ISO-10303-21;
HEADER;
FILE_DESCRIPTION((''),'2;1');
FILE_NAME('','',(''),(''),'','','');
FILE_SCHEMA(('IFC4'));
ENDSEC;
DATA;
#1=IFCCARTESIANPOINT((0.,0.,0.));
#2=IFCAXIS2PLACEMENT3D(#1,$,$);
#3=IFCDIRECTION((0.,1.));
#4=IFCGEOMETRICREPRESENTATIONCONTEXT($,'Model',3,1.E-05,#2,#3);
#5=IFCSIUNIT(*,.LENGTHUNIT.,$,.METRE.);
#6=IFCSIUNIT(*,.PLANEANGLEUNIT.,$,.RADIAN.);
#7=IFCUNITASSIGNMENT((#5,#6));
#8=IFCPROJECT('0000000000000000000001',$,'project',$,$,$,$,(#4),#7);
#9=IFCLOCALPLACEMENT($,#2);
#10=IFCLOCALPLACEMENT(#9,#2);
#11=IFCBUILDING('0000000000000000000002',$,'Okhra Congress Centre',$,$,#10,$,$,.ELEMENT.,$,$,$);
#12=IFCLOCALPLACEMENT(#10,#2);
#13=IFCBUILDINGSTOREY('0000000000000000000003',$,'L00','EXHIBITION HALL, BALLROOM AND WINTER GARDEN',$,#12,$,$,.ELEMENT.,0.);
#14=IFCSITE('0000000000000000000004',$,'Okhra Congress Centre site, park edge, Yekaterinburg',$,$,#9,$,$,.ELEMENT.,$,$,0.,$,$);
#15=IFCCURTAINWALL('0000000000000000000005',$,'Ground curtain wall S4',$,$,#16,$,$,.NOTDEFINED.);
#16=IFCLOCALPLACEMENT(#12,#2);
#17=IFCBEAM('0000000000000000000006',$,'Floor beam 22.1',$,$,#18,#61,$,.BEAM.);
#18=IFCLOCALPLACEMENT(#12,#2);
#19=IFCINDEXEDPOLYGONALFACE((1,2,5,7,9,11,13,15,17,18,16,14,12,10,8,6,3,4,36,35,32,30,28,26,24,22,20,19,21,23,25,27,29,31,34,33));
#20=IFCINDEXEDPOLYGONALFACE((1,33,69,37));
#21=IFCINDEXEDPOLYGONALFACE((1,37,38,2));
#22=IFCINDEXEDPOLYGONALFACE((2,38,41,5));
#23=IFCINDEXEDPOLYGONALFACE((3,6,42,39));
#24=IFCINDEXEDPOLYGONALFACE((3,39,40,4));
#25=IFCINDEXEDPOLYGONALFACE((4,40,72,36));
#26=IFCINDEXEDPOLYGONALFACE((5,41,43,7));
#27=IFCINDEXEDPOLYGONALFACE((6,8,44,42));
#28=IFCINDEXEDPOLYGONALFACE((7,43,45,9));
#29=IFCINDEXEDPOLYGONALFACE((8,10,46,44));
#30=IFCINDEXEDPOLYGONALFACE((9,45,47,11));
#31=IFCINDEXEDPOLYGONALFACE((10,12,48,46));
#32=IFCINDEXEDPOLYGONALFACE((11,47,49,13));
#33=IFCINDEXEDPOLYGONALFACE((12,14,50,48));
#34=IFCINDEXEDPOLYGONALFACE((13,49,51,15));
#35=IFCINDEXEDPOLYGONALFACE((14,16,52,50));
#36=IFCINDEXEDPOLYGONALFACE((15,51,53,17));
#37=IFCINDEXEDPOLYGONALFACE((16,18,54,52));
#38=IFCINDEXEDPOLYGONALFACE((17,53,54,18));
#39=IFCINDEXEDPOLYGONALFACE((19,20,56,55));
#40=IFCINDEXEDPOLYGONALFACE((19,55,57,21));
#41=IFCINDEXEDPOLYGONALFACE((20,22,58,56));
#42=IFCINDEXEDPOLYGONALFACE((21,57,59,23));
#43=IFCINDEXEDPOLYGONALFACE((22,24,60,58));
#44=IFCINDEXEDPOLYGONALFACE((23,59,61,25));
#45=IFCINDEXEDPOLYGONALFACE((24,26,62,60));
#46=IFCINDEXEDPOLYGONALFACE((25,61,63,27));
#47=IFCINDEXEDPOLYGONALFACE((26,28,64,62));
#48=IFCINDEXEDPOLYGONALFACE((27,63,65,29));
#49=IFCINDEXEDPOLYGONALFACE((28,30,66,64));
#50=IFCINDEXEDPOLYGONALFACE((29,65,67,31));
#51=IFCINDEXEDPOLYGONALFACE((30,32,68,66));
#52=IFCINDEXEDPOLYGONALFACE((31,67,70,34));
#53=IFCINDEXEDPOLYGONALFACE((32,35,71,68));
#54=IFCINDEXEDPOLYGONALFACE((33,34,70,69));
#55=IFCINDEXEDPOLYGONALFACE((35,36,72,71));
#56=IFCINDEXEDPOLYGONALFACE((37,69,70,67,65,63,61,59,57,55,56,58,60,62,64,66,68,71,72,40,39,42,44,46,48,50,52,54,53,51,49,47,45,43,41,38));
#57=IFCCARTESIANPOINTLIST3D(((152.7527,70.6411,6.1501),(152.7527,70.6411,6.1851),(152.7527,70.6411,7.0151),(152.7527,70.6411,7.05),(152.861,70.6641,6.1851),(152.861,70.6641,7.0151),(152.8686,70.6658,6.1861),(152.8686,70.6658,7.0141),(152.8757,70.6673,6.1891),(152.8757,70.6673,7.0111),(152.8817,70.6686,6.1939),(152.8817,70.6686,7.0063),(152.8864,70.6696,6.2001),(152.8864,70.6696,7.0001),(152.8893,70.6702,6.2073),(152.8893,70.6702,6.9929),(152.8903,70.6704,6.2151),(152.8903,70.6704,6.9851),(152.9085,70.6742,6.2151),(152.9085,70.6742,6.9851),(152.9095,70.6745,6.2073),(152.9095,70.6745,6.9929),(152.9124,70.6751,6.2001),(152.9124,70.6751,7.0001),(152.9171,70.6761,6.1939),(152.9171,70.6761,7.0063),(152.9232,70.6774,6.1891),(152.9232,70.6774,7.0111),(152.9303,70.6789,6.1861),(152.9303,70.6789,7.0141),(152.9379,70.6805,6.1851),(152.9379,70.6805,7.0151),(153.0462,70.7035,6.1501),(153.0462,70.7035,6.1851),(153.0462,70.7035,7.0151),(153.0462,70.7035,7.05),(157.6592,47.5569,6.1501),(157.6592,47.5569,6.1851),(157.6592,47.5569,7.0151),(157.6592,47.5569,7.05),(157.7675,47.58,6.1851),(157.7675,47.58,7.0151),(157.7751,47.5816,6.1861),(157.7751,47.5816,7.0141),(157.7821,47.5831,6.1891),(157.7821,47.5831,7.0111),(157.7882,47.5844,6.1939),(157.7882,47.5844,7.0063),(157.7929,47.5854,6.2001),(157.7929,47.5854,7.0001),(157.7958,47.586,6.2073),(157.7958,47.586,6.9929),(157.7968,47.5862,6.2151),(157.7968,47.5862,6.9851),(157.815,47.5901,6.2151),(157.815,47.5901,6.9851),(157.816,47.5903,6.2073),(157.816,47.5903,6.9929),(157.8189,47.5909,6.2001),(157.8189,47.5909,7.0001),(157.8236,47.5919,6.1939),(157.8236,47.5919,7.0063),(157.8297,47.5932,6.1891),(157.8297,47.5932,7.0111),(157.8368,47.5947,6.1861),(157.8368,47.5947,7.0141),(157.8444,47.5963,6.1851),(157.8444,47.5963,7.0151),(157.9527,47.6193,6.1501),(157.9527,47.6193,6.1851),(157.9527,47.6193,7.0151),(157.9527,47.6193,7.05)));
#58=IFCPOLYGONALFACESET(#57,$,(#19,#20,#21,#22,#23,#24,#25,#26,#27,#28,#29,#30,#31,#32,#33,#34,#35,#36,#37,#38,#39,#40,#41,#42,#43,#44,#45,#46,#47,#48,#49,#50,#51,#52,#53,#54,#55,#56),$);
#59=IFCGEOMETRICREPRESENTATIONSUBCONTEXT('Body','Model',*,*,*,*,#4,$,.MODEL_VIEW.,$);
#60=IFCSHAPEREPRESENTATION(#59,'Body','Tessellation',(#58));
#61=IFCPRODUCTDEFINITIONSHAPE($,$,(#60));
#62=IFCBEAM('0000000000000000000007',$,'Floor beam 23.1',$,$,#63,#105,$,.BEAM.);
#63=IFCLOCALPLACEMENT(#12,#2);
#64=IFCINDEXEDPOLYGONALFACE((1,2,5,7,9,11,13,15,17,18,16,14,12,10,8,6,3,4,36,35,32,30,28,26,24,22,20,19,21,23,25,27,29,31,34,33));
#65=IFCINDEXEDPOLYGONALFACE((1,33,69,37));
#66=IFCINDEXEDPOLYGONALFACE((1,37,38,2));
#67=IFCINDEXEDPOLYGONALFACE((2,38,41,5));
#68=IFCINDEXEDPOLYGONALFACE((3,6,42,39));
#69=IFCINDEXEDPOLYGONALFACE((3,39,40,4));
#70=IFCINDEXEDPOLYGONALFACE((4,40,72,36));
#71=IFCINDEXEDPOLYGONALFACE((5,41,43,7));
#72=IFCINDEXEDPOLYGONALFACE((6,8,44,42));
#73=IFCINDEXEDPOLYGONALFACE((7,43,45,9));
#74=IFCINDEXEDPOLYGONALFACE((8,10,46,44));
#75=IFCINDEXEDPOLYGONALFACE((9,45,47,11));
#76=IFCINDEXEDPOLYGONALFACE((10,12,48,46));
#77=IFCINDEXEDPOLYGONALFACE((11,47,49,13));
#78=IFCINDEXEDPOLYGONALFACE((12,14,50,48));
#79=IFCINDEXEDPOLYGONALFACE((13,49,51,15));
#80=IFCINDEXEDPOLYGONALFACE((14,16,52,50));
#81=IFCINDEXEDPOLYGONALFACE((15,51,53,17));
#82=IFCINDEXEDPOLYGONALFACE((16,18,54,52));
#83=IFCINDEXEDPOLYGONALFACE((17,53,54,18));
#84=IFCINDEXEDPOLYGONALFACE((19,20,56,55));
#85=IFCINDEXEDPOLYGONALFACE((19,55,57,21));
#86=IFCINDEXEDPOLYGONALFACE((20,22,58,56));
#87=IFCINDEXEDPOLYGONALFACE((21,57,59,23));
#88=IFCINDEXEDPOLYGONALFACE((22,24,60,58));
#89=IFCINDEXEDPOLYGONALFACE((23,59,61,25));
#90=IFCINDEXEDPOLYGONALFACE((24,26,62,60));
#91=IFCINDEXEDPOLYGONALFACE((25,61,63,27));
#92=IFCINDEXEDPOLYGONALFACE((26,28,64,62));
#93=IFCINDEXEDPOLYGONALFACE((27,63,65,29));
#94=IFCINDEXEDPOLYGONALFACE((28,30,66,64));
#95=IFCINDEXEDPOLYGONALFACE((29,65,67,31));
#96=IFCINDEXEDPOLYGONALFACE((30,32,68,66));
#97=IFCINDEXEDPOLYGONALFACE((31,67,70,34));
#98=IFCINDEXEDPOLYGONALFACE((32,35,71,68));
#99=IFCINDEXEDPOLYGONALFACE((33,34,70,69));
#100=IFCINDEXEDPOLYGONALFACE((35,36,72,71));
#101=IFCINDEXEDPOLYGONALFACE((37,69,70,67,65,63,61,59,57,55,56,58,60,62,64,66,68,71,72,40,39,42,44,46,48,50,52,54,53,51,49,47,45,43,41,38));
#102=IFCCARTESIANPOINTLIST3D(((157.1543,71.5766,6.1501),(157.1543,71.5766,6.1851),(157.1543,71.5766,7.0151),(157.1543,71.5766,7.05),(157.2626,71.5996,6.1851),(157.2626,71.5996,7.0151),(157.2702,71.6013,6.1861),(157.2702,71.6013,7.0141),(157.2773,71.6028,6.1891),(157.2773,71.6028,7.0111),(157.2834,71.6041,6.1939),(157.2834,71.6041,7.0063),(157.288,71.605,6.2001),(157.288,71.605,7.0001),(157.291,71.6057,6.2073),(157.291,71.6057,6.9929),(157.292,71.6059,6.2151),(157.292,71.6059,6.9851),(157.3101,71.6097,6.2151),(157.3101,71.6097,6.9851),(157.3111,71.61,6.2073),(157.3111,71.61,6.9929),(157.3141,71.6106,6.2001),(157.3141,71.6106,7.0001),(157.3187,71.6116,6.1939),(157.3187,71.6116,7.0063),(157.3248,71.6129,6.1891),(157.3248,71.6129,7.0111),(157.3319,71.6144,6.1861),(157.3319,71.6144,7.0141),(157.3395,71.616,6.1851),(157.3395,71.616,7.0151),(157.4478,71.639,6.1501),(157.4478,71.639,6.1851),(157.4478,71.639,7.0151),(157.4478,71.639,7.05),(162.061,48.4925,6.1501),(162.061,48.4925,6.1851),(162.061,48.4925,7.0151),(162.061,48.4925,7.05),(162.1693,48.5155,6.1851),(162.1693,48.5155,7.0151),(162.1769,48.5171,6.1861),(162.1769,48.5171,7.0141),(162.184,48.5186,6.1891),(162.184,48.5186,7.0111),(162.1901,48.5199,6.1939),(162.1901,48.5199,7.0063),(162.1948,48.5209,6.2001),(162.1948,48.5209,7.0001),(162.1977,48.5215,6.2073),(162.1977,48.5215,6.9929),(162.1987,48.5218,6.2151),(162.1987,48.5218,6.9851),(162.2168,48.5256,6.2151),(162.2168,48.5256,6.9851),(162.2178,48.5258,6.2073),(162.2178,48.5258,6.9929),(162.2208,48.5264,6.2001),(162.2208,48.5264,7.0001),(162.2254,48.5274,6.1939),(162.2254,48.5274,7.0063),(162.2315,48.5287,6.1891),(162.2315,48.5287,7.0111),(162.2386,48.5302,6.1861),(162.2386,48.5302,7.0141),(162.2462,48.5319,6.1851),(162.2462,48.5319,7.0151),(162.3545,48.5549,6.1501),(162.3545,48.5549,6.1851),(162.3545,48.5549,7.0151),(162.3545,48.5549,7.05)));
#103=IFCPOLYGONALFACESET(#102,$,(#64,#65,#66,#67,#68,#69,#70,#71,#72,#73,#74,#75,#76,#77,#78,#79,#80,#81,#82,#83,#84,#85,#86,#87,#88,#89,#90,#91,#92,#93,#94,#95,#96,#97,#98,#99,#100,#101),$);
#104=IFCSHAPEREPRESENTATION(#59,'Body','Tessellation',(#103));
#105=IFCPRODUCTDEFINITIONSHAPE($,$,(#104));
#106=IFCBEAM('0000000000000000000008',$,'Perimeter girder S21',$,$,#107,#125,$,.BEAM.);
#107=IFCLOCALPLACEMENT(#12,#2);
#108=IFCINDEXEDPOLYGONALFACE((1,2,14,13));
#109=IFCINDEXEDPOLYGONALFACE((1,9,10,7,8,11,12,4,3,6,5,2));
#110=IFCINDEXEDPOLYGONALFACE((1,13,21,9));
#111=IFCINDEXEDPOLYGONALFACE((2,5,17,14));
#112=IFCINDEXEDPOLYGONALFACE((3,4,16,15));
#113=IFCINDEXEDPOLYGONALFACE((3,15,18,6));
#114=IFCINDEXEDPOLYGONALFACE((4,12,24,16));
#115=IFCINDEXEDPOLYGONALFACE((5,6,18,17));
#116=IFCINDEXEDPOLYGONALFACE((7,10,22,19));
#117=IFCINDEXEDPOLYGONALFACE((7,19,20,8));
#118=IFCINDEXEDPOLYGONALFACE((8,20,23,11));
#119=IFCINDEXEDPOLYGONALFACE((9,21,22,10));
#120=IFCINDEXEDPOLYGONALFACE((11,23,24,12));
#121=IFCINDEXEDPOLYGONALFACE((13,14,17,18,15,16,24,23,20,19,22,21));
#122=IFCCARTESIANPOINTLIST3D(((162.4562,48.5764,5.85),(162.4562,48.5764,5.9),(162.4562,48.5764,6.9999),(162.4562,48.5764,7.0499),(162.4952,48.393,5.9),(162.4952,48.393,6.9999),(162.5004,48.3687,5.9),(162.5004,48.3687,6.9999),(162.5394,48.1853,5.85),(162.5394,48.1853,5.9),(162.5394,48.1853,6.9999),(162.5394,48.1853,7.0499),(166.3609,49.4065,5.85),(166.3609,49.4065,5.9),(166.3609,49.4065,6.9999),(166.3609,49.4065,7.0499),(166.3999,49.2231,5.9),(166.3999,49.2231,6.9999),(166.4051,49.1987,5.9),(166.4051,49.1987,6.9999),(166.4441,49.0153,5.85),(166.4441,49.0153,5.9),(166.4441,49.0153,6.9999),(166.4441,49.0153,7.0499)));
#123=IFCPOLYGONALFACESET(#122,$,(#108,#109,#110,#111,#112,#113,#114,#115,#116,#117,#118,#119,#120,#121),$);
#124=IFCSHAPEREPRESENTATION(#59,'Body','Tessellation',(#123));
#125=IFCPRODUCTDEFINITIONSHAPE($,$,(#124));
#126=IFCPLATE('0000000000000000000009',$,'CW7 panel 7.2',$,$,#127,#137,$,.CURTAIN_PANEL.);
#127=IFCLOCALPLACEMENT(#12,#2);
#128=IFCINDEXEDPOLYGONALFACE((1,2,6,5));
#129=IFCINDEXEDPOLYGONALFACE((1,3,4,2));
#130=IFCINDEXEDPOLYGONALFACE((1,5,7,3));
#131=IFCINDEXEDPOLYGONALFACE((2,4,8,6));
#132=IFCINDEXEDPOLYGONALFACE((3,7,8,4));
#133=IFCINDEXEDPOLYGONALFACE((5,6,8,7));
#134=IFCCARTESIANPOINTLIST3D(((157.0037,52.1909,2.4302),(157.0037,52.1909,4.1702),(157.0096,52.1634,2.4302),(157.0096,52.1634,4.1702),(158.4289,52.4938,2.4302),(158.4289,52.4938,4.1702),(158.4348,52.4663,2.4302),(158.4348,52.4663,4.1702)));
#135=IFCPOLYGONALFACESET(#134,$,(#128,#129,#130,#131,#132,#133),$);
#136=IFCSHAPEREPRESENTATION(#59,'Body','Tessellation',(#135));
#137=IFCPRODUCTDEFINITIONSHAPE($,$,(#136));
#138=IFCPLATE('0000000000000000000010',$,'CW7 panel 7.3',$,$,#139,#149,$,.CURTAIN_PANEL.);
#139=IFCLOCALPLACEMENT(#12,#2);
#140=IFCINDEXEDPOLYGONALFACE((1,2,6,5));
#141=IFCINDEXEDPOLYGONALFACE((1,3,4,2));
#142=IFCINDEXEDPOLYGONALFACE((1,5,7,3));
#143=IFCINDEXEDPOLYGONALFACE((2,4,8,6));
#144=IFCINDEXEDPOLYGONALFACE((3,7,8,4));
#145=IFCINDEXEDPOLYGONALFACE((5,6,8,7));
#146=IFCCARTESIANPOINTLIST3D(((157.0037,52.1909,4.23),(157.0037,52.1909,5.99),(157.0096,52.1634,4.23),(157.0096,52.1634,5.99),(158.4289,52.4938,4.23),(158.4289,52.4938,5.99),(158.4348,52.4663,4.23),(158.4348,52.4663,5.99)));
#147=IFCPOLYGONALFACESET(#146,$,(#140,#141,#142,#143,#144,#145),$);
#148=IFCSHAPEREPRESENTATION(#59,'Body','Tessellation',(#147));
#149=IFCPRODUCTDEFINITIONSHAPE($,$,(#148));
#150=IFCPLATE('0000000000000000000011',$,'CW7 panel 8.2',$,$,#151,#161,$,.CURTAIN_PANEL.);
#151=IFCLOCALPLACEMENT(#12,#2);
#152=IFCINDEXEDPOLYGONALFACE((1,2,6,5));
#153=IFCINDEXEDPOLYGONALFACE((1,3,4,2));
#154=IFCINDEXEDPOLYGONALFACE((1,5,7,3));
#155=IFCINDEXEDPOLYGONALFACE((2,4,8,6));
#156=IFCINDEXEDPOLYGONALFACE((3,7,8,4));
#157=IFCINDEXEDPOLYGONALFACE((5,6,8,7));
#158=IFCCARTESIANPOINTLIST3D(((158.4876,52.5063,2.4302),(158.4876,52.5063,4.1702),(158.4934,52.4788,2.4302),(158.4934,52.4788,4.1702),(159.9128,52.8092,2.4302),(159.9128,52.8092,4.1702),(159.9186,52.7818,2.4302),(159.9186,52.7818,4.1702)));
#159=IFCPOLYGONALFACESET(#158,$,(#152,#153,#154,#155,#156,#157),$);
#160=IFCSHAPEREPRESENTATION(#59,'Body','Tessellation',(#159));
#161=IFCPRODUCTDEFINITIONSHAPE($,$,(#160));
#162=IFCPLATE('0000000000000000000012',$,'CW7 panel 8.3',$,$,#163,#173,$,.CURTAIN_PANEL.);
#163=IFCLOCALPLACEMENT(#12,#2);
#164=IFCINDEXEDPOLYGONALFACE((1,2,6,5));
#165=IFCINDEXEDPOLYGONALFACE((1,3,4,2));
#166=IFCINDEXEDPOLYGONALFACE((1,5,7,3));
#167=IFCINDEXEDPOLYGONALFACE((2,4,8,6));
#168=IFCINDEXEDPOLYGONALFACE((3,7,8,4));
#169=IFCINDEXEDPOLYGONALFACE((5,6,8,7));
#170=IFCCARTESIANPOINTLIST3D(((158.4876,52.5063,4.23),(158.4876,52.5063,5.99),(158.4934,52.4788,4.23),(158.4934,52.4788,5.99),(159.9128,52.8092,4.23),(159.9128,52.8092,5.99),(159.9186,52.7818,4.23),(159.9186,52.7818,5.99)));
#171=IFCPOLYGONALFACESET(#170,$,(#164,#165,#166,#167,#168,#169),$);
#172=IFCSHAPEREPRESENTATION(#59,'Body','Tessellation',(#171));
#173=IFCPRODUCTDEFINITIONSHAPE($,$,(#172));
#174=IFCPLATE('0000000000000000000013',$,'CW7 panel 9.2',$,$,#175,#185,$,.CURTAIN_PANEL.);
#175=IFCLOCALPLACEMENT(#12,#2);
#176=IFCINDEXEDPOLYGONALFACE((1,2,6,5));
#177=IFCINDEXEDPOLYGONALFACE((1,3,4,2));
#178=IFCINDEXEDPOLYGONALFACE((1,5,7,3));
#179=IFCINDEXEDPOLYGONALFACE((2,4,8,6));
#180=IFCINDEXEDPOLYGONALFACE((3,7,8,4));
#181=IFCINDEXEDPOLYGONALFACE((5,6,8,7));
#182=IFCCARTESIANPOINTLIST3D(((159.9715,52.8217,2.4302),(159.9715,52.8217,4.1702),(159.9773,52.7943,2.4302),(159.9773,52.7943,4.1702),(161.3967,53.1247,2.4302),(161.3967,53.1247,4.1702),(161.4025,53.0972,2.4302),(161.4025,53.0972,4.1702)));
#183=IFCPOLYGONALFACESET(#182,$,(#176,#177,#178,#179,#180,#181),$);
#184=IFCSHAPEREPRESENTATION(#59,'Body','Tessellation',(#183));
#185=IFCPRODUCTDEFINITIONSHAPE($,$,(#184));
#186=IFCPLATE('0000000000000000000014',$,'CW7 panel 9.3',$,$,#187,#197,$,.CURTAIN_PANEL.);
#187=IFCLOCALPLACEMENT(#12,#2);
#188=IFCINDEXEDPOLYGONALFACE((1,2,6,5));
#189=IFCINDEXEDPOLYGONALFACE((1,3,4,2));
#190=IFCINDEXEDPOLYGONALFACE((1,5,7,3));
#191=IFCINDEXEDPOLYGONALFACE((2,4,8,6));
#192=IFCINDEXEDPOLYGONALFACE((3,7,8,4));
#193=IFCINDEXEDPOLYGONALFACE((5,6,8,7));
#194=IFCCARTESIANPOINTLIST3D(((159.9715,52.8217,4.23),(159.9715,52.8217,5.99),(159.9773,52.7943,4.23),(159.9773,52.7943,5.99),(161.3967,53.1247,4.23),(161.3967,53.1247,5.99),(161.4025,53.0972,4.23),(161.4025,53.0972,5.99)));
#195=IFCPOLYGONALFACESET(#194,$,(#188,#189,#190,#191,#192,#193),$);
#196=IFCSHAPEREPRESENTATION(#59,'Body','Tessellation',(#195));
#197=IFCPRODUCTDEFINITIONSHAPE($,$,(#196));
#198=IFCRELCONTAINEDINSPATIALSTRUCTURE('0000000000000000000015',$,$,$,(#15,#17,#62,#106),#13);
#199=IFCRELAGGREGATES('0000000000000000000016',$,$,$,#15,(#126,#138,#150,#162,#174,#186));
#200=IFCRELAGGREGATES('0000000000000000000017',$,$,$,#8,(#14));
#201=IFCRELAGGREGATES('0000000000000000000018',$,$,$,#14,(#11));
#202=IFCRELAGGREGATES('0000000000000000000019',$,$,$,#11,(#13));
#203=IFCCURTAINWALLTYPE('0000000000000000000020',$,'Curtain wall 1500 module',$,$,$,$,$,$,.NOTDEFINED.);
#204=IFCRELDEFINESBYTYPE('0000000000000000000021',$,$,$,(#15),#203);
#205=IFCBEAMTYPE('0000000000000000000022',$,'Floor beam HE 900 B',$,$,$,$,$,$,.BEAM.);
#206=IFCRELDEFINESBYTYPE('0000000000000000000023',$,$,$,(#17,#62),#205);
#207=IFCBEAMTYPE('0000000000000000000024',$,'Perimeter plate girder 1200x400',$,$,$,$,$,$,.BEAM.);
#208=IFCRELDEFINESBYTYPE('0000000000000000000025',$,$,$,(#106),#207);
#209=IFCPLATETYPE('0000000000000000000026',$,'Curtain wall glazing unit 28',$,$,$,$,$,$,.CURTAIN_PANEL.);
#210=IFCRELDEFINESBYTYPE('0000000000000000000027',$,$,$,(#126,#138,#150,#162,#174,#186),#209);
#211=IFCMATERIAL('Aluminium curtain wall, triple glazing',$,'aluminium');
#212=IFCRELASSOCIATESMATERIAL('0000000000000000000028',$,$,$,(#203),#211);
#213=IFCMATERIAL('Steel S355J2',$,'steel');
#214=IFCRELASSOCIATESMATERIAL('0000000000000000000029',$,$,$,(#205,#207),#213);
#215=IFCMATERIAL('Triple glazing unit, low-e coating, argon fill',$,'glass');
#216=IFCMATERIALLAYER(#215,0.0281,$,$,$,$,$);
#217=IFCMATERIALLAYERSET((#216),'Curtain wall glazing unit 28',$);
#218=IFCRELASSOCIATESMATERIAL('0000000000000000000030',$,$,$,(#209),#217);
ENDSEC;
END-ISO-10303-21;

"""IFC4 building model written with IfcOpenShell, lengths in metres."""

from ifc_helpers import new_model, si_unit, direction, frame, origin, origin_2d, place, context, subcontext, project, spatial, rectangle, i_section, extrude, material, layer, layer_set, material_profile, profile_set, type_object, element, aggregate, save


model = new_model("IFC4")

# Units and contexts
model_context = context("Model", 3, precision=1e-05, world=origin(), true_north=direction((0.0, 1.0)))
body_context = subcontext(model_context, "Body", "Model", "MODEL_VIEW")
ifc_project = project(units=[si_unit("LENGTHUNIT", "METRE"), si_unit("PLANEANGLEUNIT", "RADIAN")], contexts=[model_context])

# Site, building, storey
site_placement = place(None, origin())
site = spatial("IfcSite", under=ifc_project, at=site_placement, Name="Okhra Congress Centre site, park edge, Yekaterinburg", CompositionType="ELEMENT", RefElevation=0.0)
building_placement = place(site_placement, origin())
building = spatial("IfcBuilding", under=site, at=building_placement, Name="Okhra Congress Centre", CompositionType="ELEMENT")
storey_placement = place(building_placement, origin())
storey = spatial("IfcBuildingStorey", under=building, at=storey_placement, Name="L00", Description="EXHIBITION HALL, BALLROOM AND WINTER GARDEN", CompositionType="ELEMENT", Elevation=0.0)

# Curtain wall
ifc_material_1 = material(Name="Aluminium curtain wall, triple glazing", Category="aluminium")
curtain_wall_type_1 = type_object("IfcCurtainWallType", Name="Curtain wall 1500 module", PredefinedType="NOTDEFINED", material=ifc_material_1)
curtain_wall_1_placement = place(storey_placement, origin())
curtain_wall_1 = element("IfcCurtainWall", 1, at=curtain_wall_1_placement, inside=storey, type_object=curtain_wall_type_1, Name="Ground curtain wall S4", PredefinedType="NOTDEFINED")

# Beams
ifc_material_2 = material(Name="Steel S355J2", Category="steel")
ifc_material_profile_1 = material_profile(ifc_material_2, i_section(OverallWidth=0.3, OverallDepth=0.8999, WebThickness=0.0186, FlangeThickness=0.0349, FilletRadius=0.03, at=origin_2d()), Name="HE 900 B")
ifc_profile_set_1 = profile_set([ifc_material_profile_1], Name="Steel S355J2")
beam_type_1 = type_object("IfcBeamType", Name="Floor beam HE 900 B", PredefinedType="BEAM", material=ifc_profile_set_1)
for number, where, z_axis, x_axis, name in (
    (2, (157.8059, 47.5881, 6.6001), (-0.207903, 0.978149, 0.0), (-0.978149, -0.207903, 0.0), "Floor beam 22.1"),
    (3, (162.2078, 48.5237, 6.6001), (-0.207913, 0.978147, 0.0), (-0.978147, -0.207913, 0.0), "Floor beam 23.1"),
):
    element("IfcBeam", number, at=place(storey_placement, frame(where, z_axis=z_axis, x_axis=x_axis)), inside=storey, type_object=beam_type_1, Name=name, PredefinedType="BEAM", context=body_context, shape_type="SweptSolid", body=[
        extrude(i_section(OverallWidth=0.3, OverallDepth=0.8999, WebThickness=0.0186, FlangeThickness=0.0349, FilletRadius=0.03, at=origin_2d()), origin(), (0.0, 0.0, 1.0), 23.5999),
    ])
ifc_material_profile_2 = material_profile(ifc_material_2, i_section(OverallWidth=0.3999, OverallDepth=1.2, WebThickness=0.0249, FlangeThickness=0.05, at=origin_2d()), Name="Plate girder 1200x400")
ifc_profile_set_2 = profile_set([ifc_material_profile_2], Name="Steel S355J2")
beam_type_2 = type_object("IfcBeamType", Name="Perimeter plate girder 1200x400", PredefinedType="BEAM", material=ifc_profile_set_2)
beam_placement = place(storey_placement, frame((162.4978, 48.3809, 6.45), z_axis=(0.978143, 0.207933, 0.0), x_axis=(-0.207933, 0.978143, 0.0)))
element("IfcBeam", 4, at=beam_placement, inside=storey, type_object=beam_type_2, Name="Perimeter girder S21", PredefinedType="BEAM", context=body_context, shape_type="SweptSolid", body=[
    extrude(i_section(OverallWidth=0.3999, OverallDepth=1.2, WebThickness=0.0249, FlangeThickness=0.05, at=origin_2d()), origin(), (0.0, 0.0, 1.0), 3.9919),
])

# Plates
ifc_material_3 = material(Name="Triple glazing unit, low-e coating, argon fill", Category="glass")
ifc_layer_1 = layer(ifc_material_3, 0.0281)
ifc_layer_set_1 = layer_set([ifc_layer_1], Name="Curtain wall glazing unit 28")
plate_type = type_object("IfcPlateType", Name="Curtain wall glazing unit 28", PredefinedType="CURTAIN_PANEL", material=ifc_layer_set_1)
plate_1_placement = place(storey_placement, frame((157.7192, 52.3286, 2.4302), z_axis=(0.0, 0.0, 1.0), x_axis=(0.978148, 0.207912, 0.0)))
plate_1 = element("IfcPlate", 5, at=plate_1_placement, type_object=plate_type, Name="CW7 panel 7.2", PredefinedType="CURTAIN_PANEL", context=body_context, shape_type="SweptSolid", body=[
    extrude(rectangle(XDim=1.457, YDim=0.0281, at=origin_2d()), origin(), (0.0, 0.0, 1.0), 1.74),
])
plate_2_placement = place(storey_placement, frame((157.7192, 52.3286, 4.23), z_axis=(0.0, 0.0, 1.0), x_axis=(0.978148, 0.207912, 0.0)))
plate_2 = element("IfcPlate", 6, at=plate_2_placement, type_object=plate_type, Name="CW7 panel 7.3", PredefinedType="CURTAIN_PANEL", context=body_context, shape_type="SweptSolid", body=[
    extrude(rectangle(XDim=1.457, YDim=0.0281, at=origin_2d()), origin(), (0.0, 0.0, 1.0), 1.76),
])
plate_3_placement = place(storey_placement, frame((159.2031, 52.644, 2.4302), z_axis=(0.0, 0.0, 1.0), x_axis=(0.978148, 0.207912, 0.0)))
plate_3 = element("IfcPlate", 7, at=plate_3_placement, type_object=plate_type, Name="CW7 panel 8.2", PredefinedType="CURTAIN_PANEL", context=body_context, shape_type="SweptSolid", body=[
    extrude(rectangle(XDim=1.457, YDim=0.0281, at=origin_2d()), origin(), (0.0, 0.0, 1.0), 1.74),
])
plate_4_placement = place(storey_placement, frame((159.2031, 52.644, 4.23), z_axis=(0.0, 0.0, 1.0), x_axis=(0.978148, 0.207912, 0.0)))
plate_4 = element("IfcPlate", 8, at=plate_4_placement, type_object=plate_type, Name="CW7 panel 8.3", PredefinedType="CURTAIN_PANEL", context=body_context, shape_type="SweptSolid", body=[
    extrude(rectangle(XDim=1.457, YDim=0.0281, at=origin_2d()), origin(), (0.0, 0.0, 1.0), 1.76),
])
plate_5_placement = place(storey_placement, frame((160.687, 52.9595, 2.4302), z_axis=(0.0, 0.0, 1.0), x_axis=(0.978148, 0.207912, 0.0)))
plate_5 = element("IfcPlate", 9, at=plate_5_placement, type_object=plate_type, Name="CW7 panel 9.2", PredefinedType="CURTAIN_PANEL", context=body_context, shape_type="SweptSolid", body=[
    extrude(rectangle(XDim=1.457, YDim=0.0281, at=origin_2d()), origin(), (0.0, 0.0, 1.0), 1.74),
])
plate_6_placement = place(storey_placement, frame((160.687, 52.9595, 4.23), z_axis=(0.0, 0.0, 1.0), x_axis=(0.978148, 0.207912, 0.0)))
plate_6 = element("IfcPlate", 10, at=plate_6_placement, type_object=plate_type, Name="CW7 panel 9.3", PredefinedType="CURTAIN_PANEL", context=body_context, shape_type="SweptSolid", body=[
    extrude(rectangle(XDim=1.457, YDim=0.0281, at=origin_2d()), origin(), (0.0, 0.0, 1.0), 1.76),
])
aggregate(curtain_wall_1, [plate_1, plate_2, plate_3, plate_4, plate_5, plate_6])

save(model, "model.ifc")
